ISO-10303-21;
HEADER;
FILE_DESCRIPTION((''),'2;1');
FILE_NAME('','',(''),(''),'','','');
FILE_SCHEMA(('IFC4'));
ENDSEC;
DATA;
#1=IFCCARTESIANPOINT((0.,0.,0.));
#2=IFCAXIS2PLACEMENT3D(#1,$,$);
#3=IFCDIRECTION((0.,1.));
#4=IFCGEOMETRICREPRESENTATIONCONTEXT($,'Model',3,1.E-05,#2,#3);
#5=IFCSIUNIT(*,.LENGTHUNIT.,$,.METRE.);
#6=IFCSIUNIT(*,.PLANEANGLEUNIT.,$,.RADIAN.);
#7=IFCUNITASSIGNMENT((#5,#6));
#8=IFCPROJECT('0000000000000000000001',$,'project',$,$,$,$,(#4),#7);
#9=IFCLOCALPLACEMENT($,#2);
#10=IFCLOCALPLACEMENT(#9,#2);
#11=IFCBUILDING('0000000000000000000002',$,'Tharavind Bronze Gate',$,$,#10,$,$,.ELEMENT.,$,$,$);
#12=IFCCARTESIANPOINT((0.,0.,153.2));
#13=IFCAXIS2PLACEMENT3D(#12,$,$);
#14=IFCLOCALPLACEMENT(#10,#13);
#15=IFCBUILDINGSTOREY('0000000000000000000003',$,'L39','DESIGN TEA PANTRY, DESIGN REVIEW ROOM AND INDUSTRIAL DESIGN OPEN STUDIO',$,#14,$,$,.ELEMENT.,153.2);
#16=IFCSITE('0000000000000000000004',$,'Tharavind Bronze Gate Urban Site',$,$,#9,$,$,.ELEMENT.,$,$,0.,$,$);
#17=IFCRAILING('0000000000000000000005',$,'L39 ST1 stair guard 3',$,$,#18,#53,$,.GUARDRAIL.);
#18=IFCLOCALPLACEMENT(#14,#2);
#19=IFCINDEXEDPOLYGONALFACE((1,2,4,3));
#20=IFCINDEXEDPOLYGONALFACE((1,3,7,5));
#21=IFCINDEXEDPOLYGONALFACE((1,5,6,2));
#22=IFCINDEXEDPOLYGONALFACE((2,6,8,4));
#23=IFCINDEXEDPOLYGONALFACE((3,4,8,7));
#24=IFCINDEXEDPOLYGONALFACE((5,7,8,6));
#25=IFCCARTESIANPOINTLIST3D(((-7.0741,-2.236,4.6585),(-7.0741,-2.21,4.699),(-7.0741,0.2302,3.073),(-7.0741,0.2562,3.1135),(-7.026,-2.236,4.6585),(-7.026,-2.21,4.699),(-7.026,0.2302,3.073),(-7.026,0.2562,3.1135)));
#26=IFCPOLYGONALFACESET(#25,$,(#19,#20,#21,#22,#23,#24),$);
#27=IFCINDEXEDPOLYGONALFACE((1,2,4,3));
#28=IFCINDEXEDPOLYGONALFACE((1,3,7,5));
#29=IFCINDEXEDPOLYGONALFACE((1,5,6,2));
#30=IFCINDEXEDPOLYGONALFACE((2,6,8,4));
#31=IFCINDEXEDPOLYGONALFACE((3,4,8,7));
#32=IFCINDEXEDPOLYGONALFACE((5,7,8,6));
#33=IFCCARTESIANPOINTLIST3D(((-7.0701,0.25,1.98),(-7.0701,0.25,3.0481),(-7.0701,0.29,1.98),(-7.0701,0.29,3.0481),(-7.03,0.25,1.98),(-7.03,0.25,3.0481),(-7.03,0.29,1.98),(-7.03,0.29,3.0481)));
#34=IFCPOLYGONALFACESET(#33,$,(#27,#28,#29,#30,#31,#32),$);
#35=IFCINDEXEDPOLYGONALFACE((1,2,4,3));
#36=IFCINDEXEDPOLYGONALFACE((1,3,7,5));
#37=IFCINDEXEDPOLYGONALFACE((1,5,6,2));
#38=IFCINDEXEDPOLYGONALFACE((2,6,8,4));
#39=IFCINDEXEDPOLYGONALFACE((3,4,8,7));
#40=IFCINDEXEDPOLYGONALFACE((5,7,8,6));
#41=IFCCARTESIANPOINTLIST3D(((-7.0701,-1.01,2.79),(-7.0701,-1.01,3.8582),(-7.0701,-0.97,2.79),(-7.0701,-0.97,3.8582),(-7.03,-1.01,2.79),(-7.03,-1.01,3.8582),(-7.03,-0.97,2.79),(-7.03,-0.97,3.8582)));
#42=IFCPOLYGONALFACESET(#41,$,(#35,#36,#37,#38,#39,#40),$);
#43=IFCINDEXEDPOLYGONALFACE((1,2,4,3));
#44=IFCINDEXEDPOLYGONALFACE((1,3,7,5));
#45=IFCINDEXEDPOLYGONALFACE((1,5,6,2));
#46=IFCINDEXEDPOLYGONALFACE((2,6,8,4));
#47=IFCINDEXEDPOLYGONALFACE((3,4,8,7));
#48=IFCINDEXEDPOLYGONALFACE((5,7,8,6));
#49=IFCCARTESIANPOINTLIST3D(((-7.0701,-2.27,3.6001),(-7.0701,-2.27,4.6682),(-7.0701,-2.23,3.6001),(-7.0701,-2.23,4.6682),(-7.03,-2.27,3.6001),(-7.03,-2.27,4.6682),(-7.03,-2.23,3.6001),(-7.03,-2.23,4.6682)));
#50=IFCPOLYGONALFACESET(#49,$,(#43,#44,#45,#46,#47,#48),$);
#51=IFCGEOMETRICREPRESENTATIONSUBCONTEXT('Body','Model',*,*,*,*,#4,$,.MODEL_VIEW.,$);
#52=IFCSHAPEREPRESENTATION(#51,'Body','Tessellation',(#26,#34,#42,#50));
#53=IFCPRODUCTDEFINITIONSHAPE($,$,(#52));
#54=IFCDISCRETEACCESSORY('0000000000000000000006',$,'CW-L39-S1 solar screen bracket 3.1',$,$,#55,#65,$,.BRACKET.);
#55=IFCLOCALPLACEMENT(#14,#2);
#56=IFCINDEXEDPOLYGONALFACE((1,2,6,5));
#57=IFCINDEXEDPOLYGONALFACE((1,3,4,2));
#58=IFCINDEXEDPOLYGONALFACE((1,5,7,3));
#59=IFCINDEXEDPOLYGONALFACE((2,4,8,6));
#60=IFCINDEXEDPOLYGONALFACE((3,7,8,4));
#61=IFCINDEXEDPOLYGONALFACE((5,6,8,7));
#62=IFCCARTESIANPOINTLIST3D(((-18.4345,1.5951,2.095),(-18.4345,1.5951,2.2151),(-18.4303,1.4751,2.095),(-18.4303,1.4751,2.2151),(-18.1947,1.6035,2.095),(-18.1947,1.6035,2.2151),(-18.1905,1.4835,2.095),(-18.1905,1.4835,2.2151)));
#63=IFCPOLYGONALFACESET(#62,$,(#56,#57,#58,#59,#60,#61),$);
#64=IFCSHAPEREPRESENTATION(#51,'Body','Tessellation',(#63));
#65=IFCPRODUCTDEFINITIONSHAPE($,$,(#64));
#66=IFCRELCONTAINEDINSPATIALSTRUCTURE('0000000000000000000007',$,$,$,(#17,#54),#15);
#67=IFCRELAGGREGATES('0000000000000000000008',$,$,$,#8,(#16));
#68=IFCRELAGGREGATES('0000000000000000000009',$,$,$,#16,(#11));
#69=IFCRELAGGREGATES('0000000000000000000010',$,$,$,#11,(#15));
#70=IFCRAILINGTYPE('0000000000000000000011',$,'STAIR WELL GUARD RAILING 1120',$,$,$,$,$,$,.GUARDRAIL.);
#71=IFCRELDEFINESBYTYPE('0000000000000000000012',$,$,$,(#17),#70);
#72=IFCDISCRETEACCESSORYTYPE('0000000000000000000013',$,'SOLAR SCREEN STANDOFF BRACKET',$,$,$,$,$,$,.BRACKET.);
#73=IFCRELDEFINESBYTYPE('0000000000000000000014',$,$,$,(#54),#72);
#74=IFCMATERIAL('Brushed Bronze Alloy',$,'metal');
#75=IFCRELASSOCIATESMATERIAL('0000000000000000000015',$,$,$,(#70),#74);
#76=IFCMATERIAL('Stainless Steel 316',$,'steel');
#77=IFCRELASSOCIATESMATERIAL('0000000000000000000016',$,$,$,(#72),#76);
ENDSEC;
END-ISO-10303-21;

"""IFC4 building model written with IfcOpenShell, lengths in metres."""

from ifc_helpers import new_model, si_unit, direction, frame, origin, origin_2d, place, context, subcontext, project, spatial, rectangle, extrude, material, type_object, element, save


model = new_model("IFC4")

# Units and contexts
model_context = context("Model", 3, precision=1e-05, world=origin(), true_north=direction((0.0, 1.0)))
body_context = subcontext(model_context, "Body", "Model", "MODEL_VIEW")
ifc_project = project(units=[si_unit("LENGTHUNIT", "METRE"), si_unit("PLANEANGLEUNIT", "RADIAN")], contexts=[model_context])

# Site, building, storey
site_placement = place(None, origin())
site = spatial("IfcSite", under=ifc_project, at=site_placement, Name="Tharavind Bronze Gate Urban Site", CompositionType="ELEMENT", RefElevation=0.0)
building_placement = place(site_placement, origin())
building = spatial("IfcBuilding", under=site, at=building_placement, Name="Tharavind Bronze Gate", CompositionType="ELEMENT")
storey_placement = place(building_placement, frame((0.0, 0.0, 153.2)))
storey = spatial("IfcBuildingStorey", under=building, at=storey_placement, Name="L39", Description="DESIGN TEA PANTRY, DESIGN REVIEW ROOM AND INDUSTRIAL DESIGN OPEN STUDIO", CompositionType="ELEMENT", Elevation=153.2)

# Railing
ifc_material_1 = material(Name="Brushed Bronze Alloy", Category="metal")
railing_type_1 = type_object("IfcRailingType", Name="STAIR WELL GUARD RAILING 1120", PredefinedType="GUARDRAIL", material=ifc_material_1)
railing_1_placement = place(storey_placement, frame((-7.05, 0.27, 1.98)))
element("IfcRailing", 1, at=railing_1_placement, inside=storey, type_object=railing_type_1, Name="L39 ST1 stair guard 3", PredefinedType="GUARDRAIL", context=body_context, shape_type="SweptSolid", body=[
    extrude(rectangle(XDim=0.0481, YDim=0.0481, at=origin_2d()), frame((0.0, -0.0269, 1.1133), z_axis=(0.0, -0.841163, 0.540782), x_axis=(1.0, 0.0, 0.0)), (0.0, 0.0, 1.0), 2.9319),
    extrude(rectangle(XDim=0.04, YDim=0.04, at=origin_2d()), origin(), (0.0, 0.0, 1.0), 1.0681),
    extrude(rectangle(XDim=0.04, YDim=0.04, at=origin_2d()), frame((0.0, -1.26, 0.8101)), (0.0, 0.0, 1.0), 1.0681),
    extrude(rectangle(XDim=0.04, YDim=0.04, at=origin_2d()), frame((0.0, -2.52, 1.6201)), (0.0, 0.0, 1.0), 1.0681),
])

# Discrete accessory
ifc_material_2 = material(Name="Stainless Steel 316", Category="steel")
discrete_accessory_type = type_object("IfcDiscreteAccessoryType", Name="SOLAR SCREEN STANDOFF BRACKET", PredefinedType="BRACKET", material=ifc_material_2)
discrete_accessory_placement = place(storey_placement, frame((-18.3125, 1.5393, 2.095), z_axis=(0.0, 0.0, 1.0), x_axis=(0.034899, -0.999391, 0.0)))
element("IfcDiscreteAccessory", 2, at=discrete_accessory_placement, inside=storey, type_object=discrete_accessory_type, Name="CW-L39-S1 solar screen bracket 3.1", PredefinedType="BRACKET", context=body_context, shape_type="SweptSolid", body=[
    extrude(rectangle(XDim=0.1201, YDim=0.24, at=origin_2d()), origin(), (0.0, 0.0, 1.0), 0.1201),
])

save(model, "model.ifc")
